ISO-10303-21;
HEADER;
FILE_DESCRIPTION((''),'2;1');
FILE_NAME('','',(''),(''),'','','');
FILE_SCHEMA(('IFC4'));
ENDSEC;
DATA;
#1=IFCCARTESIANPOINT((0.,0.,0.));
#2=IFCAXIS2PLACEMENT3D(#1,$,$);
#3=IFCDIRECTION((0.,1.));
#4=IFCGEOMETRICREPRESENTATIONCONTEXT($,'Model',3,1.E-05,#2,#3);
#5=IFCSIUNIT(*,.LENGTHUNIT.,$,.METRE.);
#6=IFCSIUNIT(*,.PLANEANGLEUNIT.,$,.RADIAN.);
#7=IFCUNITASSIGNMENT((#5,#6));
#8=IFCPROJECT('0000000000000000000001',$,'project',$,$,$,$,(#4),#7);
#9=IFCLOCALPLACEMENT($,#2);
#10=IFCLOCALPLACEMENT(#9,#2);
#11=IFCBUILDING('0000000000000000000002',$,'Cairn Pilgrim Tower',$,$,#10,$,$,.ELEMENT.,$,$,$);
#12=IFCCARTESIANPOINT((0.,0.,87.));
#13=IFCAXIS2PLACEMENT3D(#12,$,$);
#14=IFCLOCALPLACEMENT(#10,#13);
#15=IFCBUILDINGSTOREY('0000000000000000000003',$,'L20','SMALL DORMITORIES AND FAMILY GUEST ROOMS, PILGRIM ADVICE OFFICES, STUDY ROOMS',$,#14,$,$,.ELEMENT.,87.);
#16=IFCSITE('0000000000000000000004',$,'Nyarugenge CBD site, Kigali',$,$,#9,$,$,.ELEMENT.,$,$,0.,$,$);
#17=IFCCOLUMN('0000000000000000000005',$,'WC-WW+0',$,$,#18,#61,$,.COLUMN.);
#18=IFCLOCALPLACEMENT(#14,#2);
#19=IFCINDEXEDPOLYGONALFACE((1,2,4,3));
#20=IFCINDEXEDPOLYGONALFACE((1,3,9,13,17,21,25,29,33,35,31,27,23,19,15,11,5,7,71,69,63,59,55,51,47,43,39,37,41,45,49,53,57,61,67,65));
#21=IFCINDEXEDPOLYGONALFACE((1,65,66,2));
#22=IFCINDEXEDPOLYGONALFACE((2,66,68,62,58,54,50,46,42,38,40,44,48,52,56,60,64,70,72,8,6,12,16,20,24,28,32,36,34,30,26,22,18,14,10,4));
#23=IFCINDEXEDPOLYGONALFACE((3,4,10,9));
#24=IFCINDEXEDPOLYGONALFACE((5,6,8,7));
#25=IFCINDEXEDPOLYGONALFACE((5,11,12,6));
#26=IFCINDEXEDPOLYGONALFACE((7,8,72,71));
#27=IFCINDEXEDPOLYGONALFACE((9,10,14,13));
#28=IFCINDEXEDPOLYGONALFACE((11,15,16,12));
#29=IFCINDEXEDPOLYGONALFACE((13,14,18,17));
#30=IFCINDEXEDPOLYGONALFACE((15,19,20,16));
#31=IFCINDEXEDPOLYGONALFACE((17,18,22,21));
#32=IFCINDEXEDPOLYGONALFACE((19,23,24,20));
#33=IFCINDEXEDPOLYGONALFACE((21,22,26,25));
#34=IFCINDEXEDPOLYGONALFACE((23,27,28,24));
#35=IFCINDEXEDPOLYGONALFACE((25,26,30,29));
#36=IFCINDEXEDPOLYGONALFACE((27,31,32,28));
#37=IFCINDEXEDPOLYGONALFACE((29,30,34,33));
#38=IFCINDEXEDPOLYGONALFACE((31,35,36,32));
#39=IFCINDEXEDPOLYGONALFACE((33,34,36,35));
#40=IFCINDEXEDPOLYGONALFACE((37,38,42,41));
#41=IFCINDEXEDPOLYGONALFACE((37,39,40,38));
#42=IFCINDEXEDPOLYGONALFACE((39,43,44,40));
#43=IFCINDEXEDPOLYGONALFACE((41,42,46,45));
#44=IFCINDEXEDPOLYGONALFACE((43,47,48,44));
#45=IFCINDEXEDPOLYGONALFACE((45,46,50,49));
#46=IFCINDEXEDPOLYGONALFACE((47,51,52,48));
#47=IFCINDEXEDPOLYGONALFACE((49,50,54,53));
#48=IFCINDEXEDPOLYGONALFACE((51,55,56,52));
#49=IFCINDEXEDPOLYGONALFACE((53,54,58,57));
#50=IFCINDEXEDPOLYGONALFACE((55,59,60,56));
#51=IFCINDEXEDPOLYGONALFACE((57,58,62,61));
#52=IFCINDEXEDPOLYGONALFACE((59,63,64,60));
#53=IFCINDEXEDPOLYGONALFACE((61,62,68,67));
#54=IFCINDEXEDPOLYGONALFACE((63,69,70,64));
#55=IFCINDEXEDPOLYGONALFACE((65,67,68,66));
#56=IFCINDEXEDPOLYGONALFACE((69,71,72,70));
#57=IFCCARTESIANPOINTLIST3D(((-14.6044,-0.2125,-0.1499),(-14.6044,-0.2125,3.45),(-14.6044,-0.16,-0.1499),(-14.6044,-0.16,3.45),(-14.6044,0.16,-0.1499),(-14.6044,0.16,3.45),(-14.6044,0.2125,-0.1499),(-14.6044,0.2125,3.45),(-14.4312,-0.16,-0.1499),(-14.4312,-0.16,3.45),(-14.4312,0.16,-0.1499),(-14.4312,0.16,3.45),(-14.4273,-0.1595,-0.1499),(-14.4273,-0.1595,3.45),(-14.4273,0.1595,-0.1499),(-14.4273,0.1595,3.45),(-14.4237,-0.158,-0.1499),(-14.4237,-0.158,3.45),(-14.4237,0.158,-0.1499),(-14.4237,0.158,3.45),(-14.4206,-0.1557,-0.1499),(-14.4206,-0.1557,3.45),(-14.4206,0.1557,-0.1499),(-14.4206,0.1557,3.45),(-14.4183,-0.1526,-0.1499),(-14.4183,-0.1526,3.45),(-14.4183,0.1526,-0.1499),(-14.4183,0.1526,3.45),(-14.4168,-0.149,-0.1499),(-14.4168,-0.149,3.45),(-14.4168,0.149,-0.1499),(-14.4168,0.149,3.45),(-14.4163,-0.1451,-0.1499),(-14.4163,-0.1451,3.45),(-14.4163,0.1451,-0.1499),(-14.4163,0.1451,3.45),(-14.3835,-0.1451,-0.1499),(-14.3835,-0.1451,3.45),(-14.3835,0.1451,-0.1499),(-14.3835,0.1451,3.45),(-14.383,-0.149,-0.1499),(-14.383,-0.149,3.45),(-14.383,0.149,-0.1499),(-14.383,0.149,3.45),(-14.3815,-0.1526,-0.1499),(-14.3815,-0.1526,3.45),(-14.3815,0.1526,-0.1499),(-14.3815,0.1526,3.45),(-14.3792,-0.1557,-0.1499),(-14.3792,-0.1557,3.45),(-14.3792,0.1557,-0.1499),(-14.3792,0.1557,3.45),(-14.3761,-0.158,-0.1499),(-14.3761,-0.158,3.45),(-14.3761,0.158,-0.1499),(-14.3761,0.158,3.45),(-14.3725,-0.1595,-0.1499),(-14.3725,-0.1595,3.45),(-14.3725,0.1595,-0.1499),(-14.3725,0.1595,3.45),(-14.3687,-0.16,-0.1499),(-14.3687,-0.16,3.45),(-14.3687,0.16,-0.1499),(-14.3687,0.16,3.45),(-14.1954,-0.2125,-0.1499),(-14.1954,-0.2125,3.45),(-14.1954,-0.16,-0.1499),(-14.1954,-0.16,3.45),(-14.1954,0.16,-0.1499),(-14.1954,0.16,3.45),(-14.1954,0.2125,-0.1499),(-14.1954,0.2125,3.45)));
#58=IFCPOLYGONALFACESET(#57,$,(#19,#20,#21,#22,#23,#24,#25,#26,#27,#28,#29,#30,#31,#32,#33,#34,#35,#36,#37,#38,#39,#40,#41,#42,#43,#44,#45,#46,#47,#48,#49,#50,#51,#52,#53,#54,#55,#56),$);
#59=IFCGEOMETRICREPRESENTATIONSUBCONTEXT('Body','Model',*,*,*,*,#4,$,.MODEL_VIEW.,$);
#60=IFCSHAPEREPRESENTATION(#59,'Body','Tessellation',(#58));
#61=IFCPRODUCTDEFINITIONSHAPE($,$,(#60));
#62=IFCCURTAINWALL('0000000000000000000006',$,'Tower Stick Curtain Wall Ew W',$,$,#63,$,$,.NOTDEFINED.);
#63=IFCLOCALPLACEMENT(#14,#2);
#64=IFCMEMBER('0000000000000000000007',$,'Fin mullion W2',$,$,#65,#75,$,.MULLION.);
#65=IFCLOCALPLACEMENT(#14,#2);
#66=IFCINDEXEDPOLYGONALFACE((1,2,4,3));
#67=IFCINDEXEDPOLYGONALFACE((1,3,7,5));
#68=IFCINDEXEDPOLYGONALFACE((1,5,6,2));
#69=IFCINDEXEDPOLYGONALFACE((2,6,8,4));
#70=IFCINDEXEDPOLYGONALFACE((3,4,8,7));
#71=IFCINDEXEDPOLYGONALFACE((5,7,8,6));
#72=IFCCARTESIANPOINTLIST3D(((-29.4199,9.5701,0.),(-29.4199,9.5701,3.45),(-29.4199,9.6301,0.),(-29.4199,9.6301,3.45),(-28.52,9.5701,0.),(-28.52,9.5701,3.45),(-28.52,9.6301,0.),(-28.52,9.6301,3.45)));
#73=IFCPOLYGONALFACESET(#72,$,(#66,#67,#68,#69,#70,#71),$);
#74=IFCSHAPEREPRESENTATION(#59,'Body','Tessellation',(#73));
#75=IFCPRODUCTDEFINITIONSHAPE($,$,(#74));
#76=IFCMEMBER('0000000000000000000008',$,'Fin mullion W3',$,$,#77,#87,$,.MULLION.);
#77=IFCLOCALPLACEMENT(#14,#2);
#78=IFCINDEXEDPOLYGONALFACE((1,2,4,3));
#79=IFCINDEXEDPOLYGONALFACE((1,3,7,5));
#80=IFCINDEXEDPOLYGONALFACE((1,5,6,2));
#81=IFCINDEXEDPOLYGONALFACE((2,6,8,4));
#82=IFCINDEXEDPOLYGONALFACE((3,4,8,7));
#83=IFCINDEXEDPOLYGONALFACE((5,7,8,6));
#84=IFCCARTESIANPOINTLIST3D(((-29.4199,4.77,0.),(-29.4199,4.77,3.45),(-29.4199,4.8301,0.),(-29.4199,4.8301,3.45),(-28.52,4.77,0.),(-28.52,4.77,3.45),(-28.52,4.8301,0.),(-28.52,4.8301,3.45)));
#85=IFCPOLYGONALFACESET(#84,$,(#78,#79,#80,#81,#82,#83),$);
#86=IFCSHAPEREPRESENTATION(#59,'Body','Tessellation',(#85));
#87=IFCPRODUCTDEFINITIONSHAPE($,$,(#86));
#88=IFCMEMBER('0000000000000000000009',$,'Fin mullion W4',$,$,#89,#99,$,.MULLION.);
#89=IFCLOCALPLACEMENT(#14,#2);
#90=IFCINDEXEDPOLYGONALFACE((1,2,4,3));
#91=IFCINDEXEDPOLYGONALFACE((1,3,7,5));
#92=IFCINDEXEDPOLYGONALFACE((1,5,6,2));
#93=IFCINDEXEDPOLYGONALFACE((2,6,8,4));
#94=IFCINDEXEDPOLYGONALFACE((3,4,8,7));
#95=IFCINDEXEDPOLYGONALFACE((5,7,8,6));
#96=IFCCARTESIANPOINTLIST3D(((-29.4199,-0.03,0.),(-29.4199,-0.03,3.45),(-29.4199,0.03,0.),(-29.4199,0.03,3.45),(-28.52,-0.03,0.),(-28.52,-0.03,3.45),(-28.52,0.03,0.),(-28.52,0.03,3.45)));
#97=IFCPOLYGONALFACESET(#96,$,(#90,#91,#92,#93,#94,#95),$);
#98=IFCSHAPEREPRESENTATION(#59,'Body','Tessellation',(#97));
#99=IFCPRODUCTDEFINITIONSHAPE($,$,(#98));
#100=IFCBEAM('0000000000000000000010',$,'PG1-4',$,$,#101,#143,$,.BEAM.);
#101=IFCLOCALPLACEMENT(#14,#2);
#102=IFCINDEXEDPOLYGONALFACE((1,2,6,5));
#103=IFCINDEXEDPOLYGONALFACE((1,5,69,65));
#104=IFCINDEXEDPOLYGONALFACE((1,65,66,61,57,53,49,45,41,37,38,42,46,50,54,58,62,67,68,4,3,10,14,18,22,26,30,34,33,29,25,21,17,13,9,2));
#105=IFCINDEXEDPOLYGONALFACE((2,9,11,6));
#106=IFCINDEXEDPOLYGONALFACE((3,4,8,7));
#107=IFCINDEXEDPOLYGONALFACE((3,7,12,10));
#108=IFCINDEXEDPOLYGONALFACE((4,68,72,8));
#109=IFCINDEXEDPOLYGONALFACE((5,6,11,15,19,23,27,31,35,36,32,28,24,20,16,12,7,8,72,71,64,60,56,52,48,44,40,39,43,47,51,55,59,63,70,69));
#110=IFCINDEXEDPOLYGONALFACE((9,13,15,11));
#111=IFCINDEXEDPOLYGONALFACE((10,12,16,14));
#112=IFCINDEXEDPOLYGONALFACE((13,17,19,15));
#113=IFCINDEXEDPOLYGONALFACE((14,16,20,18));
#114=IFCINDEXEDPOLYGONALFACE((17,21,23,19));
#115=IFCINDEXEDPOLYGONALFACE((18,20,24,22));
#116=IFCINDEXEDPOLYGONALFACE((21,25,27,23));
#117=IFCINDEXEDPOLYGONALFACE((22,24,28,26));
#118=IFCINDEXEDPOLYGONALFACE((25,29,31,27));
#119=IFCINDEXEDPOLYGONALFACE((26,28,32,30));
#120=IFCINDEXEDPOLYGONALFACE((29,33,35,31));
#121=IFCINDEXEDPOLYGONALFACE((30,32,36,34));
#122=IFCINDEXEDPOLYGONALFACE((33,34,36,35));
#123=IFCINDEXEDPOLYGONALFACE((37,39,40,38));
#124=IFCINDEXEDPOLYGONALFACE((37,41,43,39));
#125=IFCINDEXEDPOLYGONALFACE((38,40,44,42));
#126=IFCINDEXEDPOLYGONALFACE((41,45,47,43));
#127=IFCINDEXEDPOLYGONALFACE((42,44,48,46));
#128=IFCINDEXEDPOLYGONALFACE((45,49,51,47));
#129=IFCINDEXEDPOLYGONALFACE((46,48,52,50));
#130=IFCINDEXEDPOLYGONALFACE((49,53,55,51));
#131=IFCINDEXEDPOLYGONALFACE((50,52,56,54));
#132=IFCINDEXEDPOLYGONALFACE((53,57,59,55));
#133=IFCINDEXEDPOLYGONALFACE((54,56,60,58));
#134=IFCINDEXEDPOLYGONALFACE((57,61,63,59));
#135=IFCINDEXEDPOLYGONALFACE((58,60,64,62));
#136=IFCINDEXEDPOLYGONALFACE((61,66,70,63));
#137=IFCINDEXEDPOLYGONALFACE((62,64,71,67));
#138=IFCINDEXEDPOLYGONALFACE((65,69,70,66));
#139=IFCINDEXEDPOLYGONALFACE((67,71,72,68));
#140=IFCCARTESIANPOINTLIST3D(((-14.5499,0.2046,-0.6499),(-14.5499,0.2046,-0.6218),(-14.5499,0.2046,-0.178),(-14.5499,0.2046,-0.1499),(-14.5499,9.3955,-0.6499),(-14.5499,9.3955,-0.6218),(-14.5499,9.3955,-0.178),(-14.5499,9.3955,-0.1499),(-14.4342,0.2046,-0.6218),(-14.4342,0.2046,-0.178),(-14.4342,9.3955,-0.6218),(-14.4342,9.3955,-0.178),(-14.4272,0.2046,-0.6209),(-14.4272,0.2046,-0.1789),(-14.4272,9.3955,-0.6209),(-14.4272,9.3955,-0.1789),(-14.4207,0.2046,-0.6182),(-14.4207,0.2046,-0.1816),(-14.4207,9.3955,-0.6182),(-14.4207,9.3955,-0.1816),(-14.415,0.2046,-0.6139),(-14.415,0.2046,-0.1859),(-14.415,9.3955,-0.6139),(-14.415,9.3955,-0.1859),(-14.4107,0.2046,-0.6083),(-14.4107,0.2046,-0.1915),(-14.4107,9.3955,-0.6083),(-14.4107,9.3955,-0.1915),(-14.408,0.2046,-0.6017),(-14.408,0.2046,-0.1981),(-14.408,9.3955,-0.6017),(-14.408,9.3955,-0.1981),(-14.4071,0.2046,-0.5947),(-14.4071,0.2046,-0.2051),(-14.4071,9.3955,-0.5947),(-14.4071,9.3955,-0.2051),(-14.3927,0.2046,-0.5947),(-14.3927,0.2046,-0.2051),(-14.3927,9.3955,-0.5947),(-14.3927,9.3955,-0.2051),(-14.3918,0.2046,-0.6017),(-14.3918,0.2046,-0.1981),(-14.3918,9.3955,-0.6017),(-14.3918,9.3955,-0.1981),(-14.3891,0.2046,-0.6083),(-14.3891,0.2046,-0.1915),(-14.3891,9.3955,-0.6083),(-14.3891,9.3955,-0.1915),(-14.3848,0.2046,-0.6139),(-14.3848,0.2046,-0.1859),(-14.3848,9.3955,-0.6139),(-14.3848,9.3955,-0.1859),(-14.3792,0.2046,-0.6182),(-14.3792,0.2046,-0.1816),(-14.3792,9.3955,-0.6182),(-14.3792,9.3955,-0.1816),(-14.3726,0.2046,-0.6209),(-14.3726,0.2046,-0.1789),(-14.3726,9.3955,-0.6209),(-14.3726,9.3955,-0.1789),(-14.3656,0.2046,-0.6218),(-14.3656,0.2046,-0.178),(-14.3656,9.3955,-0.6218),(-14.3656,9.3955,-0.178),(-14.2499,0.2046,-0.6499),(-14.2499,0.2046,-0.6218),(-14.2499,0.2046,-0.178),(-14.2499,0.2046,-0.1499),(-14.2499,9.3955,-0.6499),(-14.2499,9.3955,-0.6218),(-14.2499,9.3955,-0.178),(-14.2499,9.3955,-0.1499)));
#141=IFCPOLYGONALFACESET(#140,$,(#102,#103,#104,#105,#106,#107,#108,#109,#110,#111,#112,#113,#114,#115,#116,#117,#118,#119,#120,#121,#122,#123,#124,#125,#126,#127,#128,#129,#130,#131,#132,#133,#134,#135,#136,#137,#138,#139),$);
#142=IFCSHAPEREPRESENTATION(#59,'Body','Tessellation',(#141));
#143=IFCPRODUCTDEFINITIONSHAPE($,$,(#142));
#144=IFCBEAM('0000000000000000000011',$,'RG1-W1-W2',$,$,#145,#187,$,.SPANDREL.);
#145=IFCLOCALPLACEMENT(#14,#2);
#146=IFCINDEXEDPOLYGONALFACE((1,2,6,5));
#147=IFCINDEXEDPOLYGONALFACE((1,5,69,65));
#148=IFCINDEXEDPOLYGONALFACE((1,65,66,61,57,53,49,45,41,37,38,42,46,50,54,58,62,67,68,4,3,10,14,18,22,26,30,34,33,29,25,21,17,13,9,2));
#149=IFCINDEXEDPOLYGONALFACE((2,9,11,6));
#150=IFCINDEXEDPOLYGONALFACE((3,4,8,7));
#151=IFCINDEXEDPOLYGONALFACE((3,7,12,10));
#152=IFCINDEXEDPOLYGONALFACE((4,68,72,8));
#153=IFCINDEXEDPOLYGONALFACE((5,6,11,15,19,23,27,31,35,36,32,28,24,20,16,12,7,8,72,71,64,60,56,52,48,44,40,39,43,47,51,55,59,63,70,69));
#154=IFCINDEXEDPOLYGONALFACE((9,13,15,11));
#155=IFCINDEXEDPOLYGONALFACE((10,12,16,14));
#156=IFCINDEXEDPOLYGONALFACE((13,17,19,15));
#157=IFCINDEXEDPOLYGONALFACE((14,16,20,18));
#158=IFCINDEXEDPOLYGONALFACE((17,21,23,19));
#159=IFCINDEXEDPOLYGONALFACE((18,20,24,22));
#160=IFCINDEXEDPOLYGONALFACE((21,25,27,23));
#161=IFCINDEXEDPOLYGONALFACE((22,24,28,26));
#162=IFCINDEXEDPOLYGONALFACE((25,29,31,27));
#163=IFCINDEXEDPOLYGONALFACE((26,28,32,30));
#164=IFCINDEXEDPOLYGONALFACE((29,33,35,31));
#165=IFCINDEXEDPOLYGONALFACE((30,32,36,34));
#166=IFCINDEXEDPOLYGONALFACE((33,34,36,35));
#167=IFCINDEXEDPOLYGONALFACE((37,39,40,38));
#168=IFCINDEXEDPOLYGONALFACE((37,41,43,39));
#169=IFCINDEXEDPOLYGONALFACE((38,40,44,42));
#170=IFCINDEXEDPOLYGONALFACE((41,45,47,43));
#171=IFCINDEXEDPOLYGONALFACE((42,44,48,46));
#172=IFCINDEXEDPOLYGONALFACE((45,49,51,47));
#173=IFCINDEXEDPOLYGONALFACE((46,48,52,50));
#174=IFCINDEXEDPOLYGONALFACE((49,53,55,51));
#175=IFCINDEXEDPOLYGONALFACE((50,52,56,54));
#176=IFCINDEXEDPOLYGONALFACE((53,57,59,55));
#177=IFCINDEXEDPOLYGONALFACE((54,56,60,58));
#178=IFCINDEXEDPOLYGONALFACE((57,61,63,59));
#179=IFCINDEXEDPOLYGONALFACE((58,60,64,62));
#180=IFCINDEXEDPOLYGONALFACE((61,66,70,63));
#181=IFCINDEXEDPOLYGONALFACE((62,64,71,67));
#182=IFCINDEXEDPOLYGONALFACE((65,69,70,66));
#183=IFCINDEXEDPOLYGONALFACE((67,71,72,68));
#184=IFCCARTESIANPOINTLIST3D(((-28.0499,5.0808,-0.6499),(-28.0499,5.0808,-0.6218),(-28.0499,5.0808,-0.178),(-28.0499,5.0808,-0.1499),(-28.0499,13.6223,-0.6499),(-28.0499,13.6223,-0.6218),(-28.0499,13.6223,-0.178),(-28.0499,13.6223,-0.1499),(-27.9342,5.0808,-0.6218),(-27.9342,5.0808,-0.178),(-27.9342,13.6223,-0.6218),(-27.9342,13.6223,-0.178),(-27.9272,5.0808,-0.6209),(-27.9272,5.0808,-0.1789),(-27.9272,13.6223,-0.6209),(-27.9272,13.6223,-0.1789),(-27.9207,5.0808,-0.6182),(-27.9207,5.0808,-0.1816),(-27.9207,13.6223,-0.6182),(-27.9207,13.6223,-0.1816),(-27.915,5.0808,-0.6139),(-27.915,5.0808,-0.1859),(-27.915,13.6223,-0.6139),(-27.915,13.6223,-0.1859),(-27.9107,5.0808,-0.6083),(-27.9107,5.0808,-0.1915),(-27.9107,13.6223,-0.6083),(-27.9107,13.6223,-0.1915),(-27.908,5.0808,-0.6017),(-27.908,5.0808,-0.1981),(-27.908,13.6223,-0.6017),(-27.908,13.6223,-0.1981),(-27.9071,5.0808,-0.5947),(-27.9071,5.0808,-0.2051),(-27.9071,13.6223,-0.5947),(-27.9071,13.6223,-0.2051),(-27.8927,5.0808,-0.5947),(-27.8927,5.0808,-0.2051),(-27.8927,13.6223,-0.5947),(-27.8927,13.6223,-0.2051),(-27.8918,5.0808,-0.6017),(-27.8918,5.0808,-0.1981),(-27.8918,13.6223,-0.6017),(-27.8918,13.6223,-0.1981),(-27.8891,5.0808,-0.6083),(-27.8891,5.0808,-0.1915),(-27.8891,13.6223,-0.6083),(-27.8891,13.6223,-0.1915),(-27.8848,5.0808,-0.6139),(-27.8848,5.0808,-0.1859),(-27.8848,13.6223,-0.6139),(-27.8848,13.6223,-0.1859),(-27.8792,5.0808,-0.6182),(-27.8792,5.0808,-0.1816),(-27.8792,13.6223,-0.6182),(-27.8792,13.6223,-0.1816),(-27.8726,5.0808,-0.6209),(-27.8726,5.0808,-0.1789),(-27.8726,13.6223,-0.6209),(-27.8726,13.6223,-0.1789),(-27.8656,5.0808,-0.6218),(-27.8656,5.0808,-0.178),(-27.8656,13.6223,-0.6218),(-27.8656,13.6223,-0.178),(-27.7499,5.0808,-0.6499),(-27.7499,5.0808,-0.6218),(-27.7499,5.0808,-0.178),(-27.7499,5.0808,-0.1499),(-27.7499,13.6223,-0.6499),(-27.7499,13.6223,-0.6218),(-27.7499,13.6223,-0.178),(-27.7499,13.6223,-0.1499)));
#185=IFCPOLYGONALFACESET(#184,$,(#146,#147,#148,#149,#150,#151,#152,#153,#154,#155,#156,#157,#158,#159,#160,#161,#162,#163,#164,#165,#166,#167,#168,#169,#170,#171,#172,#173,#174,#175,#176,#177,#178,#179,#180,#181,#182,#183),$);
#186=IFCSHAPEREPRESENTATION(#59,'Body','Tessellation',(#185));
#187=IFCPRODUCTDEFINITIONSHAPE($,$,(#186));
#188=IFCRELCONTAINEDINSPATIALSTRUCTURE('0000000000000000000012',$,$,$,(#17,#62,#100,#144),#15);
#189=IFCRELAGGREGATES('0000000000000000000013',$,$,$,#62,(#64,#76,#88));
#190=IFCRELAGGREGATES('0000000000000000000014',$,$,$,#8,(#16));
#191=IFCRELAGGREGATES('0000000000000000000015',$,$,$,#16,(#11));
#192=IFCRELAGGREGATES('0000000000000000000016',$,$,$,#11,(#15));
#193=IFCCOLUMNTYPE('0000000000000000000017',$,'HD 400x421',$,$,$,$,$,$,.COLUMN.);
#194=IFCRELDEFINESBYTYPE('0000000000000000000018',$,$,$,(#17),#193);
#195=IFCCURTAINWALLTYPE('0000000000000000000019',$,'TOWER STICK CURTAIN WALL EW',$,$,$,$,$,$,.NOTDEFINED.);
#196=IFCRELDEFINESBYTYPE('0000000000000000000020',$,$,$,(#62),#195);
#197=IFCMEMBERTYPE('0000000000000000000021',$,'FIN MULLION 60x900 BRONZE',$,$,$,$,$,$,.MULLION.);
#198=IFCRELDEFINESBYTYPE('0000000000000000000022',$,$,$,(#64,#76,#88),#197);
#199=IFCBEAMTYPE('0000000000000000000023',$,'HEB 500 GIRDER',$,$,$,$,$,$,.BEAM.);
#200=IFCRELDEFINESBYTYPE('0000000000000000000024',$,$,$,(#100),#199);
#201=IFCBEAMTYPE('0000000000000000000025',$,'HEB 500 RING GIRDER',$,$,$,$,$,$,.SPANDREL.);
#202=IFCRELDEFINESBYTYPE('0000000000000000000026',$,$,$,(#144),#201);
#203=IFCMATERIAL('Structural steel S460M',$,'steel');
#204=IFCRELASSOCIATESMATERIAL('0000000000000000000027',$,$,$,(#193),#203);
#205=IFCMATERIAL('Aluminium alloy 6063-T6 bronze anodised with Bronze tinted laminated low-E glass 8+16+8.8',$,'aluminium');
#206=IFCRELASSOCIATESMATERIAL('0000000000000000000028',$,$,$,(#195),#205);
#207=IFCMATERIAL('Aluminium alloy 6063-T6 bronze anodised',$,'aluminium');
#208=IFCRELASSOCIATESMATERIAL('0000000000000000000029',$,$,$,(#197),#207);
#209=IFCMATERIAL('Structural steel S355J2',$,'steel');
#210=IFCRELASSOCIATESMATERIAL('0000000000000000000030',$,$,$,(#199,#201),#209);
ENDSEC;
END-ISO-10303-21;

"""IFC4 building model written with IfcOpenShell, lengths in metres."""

from ifc_helpers import new_model, si_unit, direction, frame, origin, origin_2d, place, context, subcontext, project, spatial, rectangle, i_section, extrude, material, material_profile, profile_set, type_object, element, aggregate, save


model = new_model("IFC4")

# Units and contexts
model_context = context("Model", 3, precision=1e-05, world=origin(), true_north=direction((0.0, 1.0)))
body_context = subcontext(model_context, "Body", "Model", "MODEL_VIEW")
ifc_project = project(units=[si_unit("LENGTHUNIT", "METRE"), si_unit("PLANEANGLEUNIT", "RADIAN")], contexts=[model_context])

# Site, building, storey
site_placement = place(None, origin())
site = spatial("IfcSite", under=ifc_project, at=site_placement, Name="Nyarugenge CBD site, Kigali", CompositionType="ELEMENT", RefElevation=0.0)
building_placement = place(site_placement, origin())
building = spatial("IfcBuilding", under=site, at=building_placement, Name="Cairn Pilgrim Tower", CompositionType="ELEMENT")
storey_placement = place(building_placement, frame((0.0, 0.0, 87.0)))
storey = spatial("IfcBuildingStorey", under=building, at=storey_placement, Name="L20", Description="SMALL DORMITORIES AND FAMILY GUEST ROOMS, PILGRIM ADVICE OFFICES, STUDY ROOMS", CompositionType="ELEMENT", Elevation=87.0)

# Column
ifc_material_1 = material(Name="Structural steel S460M", Category="steel")
ifc_material_profile_1 = material_profile(ifc_material_1, i_section(OverallWidth=0.4089, OverallDepth=0.425, WebThickness=0.0327, FlangeThickness=0.0525, FilletRadius=0.0149, at=origin_2d()), Name="HD 400x421")
ifc_profile_set_1 = profile_set([ifc_material_profile_1], Name="Structural steel S460M")
column_type_1 = type_object("IfcColumnType", Name="HD 400x421", PredefinedType="COLUMN", material=ifc_profile_set_1)
column_placement = place(storey_placement, frame((-14.3999, 0.0, -0.1499), z_axis=(0.0, 0.0, 1.0), x_axis=(1.0, 0.0, 0.0)))
element("IfcColumn", 1, at=column_placement, inside=storey, type_object=column_type_1, Name="WC-WW+0", PredefinedType="COLUMN", context=body_context, shape_type="SweptSolid", body=[
    extrude(i_section(OverallWidth=0.4089, OverallDepth=0.425, WebThickness=0.0327, FlangeThickness=0.0525, FilletRadius=0.0149, at=origin_2d()), origin(), (0.0, 0.0, 1.0), 3.5999),
])

# Curtain wall, members
ifc_material_2 = material(Name="Aluminium alloy 6063-T6 bronze anodised with Bronze tinted laminated low-E glass 8+16+8.8", Category="aluminium")
curtain_wall_type = type_object("IfcCurtainWallType", Name="TOWER STICK CURTAIN WALL EW", PredefinedType="NOTDEFINED", material=ifc_material_2)
curtain_wall_placement = place(storey_placement, origin())
curtain_wall = element("IfcCurtainWall", 2, at=curtain_wall_placement, inside=storey, type_object=curtain_wall_type, Name="Tower Stick Curtain Wall Ew W", PredefinedType="NOTDEFINED")
ifc_material_3 = material(Name="Aluminium alloy 6063-T6 bronze anodised", Category="aluminium")
ifc_material_profile_2 = material_profile(ifc_material_3, rectangle(XDim=0.8999, YDim=0.0601, at=origin_2d()), Name="FIN MULLION 60x900 BRONZE")
ifc_profile_set_2 = profile_set([ifc_material_profile_2], Name="Aluminium alloy 6063-T6 bronze anodised")
member_type_1 = type_object("IfcMemberType", Name="FIN MULLION 60x900 BRONZE", PredefinedType="MULLION", material=ifc_profile_set_2)
member_1_placement = place(storey_placement, frame((-28.97, 9.6001, 0.0), z_axis=(0.0, 0.0, 1.0), x_axis=(-1.0, 0.0, 0.0)))
member_1 = element("IfcMember", 3, at=member_1_placement, type_object=member_type_1, Name="Fin mullion W2", PredefinedType="MULLION", context=body_context, shape_type="SweptSolid", body=[
    extrude(rectangle(XDim=0.8999, YDim=0.0601, at=origin_2d()), origin(), (0.0, 0.0, 1.0), 3.45),
])
member_2_placement = place(storey_placement, frame((-28.97, 4.8, 0.0), z_axis=(0.0, 0.0, 1.0), x_axis=(-1.0, 0.0, 0.0)))
member_2 = element("IfcMember", 4, at=member_2_placement, type_object=member_type_1, Name="Fin mullion W3", PredefinedType="MULLION", context=body_context, shape_type="SweptSolid", body=[
    extrude(rectangle(XDim=0.8999, YDim=0.0601, at=origin_2d()), origin(), (0.0, 0.0, 1.0), 3.45),
])
member_3_placement = place(storey_placement, frame((-28.97, 0.0, 0.0), z_axis=(0.0, 0.0, 1.0), x_axis=(-1.0, 0.0, 0.0)))
member_3 = element("IfcMember", 5, at=member_3_placement, type_object=member_type_1, Name="Fin mullion W4", PredefinedType="MULLION", context=body_context, shape_type="SweptSolid", body=[
    extrude(rectangle(XDim=0.8999, YDim=0.0601, at=origin_2d()), origin(), (0.0, 0.0, 1.0), 3.45),
])

# Beams
ifc_material_4 = material(Name="Structural steel S355J2", Category="steel")
ifc_material_profile_3 = material_profile(ifc_material_4, i_section(OverallWidth=0.3, OverallDepth=0.5, WebThickness=0.0144, FlangeThickness=0.0281, FilletRadius=0.0271, at=origin_2d()), Name="HEB 500")
ifc_profile_set_3 = profile_set([ifc_material_profile_3], Name="Structural steel S355J2")
beam_type_1 = type_object("IfcBeamType", Name="HEB 500 GIRDER", PredefinedType="BEAM", material=ifc_profile_set_3)
beam_placement = place(storey_placement, frame((-14.3999, 0.2046, -0.3999), z_axis=(0.0, 1.0, 0.0), x_axis=(-1.0, 0.0, 0.0)))
element("IfcBeam", 6, at=beam_placement, inside=storey, type_object=beam_type_1, Name="PG1-4", PredefinedType="BEAM", context=body_context, shape_type="SweptSolid", body=[
    extrude(i_section(OverallWidth=0.3, OverallDepth=0.5, WebThickness=0.0144, FlangeThickness=0.0281, FilletRadius=0.0271, at=origin_2d()), origin(), (0.0, 0.0, 1.0), 9.1909),
])
ifc_material_profile_4 = material_profile(ifc_material_4, i_section(OverallWidth=0.3, OverallDepth=0.5, WebThickness=0.0144, FlangeThickness=0.0281, FilletRadius=0.0271, at=origin_2d()), Name="HEB 500")
ifc_profile_set_4 = profile_set([ifc_material_profile_4], Name="Structural steel S355J2")
beam_type_2 = type_object("IfcBeamType", Name="HEB 500 RING GIRDER", PredefinedType="SPANDREL", material=ifc_profile_set_4)
for number, where, z_axis, x_axis, name in (
    (7, (-27.8999, 13.6223, -0.3999), (0.0, -1.0, 0.0), (1.0, 0.0, 0.0), "RG1-W1-W2"),
):
    element("IfcBeam", number, at=place(storey_placement, frame(where, z_axis=z_axis, x_axis=x_axis)), inside=storey, type_object=beam_type_2, Name=name, PredefinedType="SPANDREL", context=body_context, shape_type="SweptSolid", body=[
        extrude(i_section(OverallWidth=0.3, OverallDepth=0.5, WebThickness=0.0144, FlangeThickness=0.0281, FilletRadius=0.0271, at=origin_2d()), origin(), (0.0, 0.0, 1.0), 8.5415),
    ])

aggregate(curtain_wall, [member_1, member_2, member_3])

save(model, "model.ifc")
